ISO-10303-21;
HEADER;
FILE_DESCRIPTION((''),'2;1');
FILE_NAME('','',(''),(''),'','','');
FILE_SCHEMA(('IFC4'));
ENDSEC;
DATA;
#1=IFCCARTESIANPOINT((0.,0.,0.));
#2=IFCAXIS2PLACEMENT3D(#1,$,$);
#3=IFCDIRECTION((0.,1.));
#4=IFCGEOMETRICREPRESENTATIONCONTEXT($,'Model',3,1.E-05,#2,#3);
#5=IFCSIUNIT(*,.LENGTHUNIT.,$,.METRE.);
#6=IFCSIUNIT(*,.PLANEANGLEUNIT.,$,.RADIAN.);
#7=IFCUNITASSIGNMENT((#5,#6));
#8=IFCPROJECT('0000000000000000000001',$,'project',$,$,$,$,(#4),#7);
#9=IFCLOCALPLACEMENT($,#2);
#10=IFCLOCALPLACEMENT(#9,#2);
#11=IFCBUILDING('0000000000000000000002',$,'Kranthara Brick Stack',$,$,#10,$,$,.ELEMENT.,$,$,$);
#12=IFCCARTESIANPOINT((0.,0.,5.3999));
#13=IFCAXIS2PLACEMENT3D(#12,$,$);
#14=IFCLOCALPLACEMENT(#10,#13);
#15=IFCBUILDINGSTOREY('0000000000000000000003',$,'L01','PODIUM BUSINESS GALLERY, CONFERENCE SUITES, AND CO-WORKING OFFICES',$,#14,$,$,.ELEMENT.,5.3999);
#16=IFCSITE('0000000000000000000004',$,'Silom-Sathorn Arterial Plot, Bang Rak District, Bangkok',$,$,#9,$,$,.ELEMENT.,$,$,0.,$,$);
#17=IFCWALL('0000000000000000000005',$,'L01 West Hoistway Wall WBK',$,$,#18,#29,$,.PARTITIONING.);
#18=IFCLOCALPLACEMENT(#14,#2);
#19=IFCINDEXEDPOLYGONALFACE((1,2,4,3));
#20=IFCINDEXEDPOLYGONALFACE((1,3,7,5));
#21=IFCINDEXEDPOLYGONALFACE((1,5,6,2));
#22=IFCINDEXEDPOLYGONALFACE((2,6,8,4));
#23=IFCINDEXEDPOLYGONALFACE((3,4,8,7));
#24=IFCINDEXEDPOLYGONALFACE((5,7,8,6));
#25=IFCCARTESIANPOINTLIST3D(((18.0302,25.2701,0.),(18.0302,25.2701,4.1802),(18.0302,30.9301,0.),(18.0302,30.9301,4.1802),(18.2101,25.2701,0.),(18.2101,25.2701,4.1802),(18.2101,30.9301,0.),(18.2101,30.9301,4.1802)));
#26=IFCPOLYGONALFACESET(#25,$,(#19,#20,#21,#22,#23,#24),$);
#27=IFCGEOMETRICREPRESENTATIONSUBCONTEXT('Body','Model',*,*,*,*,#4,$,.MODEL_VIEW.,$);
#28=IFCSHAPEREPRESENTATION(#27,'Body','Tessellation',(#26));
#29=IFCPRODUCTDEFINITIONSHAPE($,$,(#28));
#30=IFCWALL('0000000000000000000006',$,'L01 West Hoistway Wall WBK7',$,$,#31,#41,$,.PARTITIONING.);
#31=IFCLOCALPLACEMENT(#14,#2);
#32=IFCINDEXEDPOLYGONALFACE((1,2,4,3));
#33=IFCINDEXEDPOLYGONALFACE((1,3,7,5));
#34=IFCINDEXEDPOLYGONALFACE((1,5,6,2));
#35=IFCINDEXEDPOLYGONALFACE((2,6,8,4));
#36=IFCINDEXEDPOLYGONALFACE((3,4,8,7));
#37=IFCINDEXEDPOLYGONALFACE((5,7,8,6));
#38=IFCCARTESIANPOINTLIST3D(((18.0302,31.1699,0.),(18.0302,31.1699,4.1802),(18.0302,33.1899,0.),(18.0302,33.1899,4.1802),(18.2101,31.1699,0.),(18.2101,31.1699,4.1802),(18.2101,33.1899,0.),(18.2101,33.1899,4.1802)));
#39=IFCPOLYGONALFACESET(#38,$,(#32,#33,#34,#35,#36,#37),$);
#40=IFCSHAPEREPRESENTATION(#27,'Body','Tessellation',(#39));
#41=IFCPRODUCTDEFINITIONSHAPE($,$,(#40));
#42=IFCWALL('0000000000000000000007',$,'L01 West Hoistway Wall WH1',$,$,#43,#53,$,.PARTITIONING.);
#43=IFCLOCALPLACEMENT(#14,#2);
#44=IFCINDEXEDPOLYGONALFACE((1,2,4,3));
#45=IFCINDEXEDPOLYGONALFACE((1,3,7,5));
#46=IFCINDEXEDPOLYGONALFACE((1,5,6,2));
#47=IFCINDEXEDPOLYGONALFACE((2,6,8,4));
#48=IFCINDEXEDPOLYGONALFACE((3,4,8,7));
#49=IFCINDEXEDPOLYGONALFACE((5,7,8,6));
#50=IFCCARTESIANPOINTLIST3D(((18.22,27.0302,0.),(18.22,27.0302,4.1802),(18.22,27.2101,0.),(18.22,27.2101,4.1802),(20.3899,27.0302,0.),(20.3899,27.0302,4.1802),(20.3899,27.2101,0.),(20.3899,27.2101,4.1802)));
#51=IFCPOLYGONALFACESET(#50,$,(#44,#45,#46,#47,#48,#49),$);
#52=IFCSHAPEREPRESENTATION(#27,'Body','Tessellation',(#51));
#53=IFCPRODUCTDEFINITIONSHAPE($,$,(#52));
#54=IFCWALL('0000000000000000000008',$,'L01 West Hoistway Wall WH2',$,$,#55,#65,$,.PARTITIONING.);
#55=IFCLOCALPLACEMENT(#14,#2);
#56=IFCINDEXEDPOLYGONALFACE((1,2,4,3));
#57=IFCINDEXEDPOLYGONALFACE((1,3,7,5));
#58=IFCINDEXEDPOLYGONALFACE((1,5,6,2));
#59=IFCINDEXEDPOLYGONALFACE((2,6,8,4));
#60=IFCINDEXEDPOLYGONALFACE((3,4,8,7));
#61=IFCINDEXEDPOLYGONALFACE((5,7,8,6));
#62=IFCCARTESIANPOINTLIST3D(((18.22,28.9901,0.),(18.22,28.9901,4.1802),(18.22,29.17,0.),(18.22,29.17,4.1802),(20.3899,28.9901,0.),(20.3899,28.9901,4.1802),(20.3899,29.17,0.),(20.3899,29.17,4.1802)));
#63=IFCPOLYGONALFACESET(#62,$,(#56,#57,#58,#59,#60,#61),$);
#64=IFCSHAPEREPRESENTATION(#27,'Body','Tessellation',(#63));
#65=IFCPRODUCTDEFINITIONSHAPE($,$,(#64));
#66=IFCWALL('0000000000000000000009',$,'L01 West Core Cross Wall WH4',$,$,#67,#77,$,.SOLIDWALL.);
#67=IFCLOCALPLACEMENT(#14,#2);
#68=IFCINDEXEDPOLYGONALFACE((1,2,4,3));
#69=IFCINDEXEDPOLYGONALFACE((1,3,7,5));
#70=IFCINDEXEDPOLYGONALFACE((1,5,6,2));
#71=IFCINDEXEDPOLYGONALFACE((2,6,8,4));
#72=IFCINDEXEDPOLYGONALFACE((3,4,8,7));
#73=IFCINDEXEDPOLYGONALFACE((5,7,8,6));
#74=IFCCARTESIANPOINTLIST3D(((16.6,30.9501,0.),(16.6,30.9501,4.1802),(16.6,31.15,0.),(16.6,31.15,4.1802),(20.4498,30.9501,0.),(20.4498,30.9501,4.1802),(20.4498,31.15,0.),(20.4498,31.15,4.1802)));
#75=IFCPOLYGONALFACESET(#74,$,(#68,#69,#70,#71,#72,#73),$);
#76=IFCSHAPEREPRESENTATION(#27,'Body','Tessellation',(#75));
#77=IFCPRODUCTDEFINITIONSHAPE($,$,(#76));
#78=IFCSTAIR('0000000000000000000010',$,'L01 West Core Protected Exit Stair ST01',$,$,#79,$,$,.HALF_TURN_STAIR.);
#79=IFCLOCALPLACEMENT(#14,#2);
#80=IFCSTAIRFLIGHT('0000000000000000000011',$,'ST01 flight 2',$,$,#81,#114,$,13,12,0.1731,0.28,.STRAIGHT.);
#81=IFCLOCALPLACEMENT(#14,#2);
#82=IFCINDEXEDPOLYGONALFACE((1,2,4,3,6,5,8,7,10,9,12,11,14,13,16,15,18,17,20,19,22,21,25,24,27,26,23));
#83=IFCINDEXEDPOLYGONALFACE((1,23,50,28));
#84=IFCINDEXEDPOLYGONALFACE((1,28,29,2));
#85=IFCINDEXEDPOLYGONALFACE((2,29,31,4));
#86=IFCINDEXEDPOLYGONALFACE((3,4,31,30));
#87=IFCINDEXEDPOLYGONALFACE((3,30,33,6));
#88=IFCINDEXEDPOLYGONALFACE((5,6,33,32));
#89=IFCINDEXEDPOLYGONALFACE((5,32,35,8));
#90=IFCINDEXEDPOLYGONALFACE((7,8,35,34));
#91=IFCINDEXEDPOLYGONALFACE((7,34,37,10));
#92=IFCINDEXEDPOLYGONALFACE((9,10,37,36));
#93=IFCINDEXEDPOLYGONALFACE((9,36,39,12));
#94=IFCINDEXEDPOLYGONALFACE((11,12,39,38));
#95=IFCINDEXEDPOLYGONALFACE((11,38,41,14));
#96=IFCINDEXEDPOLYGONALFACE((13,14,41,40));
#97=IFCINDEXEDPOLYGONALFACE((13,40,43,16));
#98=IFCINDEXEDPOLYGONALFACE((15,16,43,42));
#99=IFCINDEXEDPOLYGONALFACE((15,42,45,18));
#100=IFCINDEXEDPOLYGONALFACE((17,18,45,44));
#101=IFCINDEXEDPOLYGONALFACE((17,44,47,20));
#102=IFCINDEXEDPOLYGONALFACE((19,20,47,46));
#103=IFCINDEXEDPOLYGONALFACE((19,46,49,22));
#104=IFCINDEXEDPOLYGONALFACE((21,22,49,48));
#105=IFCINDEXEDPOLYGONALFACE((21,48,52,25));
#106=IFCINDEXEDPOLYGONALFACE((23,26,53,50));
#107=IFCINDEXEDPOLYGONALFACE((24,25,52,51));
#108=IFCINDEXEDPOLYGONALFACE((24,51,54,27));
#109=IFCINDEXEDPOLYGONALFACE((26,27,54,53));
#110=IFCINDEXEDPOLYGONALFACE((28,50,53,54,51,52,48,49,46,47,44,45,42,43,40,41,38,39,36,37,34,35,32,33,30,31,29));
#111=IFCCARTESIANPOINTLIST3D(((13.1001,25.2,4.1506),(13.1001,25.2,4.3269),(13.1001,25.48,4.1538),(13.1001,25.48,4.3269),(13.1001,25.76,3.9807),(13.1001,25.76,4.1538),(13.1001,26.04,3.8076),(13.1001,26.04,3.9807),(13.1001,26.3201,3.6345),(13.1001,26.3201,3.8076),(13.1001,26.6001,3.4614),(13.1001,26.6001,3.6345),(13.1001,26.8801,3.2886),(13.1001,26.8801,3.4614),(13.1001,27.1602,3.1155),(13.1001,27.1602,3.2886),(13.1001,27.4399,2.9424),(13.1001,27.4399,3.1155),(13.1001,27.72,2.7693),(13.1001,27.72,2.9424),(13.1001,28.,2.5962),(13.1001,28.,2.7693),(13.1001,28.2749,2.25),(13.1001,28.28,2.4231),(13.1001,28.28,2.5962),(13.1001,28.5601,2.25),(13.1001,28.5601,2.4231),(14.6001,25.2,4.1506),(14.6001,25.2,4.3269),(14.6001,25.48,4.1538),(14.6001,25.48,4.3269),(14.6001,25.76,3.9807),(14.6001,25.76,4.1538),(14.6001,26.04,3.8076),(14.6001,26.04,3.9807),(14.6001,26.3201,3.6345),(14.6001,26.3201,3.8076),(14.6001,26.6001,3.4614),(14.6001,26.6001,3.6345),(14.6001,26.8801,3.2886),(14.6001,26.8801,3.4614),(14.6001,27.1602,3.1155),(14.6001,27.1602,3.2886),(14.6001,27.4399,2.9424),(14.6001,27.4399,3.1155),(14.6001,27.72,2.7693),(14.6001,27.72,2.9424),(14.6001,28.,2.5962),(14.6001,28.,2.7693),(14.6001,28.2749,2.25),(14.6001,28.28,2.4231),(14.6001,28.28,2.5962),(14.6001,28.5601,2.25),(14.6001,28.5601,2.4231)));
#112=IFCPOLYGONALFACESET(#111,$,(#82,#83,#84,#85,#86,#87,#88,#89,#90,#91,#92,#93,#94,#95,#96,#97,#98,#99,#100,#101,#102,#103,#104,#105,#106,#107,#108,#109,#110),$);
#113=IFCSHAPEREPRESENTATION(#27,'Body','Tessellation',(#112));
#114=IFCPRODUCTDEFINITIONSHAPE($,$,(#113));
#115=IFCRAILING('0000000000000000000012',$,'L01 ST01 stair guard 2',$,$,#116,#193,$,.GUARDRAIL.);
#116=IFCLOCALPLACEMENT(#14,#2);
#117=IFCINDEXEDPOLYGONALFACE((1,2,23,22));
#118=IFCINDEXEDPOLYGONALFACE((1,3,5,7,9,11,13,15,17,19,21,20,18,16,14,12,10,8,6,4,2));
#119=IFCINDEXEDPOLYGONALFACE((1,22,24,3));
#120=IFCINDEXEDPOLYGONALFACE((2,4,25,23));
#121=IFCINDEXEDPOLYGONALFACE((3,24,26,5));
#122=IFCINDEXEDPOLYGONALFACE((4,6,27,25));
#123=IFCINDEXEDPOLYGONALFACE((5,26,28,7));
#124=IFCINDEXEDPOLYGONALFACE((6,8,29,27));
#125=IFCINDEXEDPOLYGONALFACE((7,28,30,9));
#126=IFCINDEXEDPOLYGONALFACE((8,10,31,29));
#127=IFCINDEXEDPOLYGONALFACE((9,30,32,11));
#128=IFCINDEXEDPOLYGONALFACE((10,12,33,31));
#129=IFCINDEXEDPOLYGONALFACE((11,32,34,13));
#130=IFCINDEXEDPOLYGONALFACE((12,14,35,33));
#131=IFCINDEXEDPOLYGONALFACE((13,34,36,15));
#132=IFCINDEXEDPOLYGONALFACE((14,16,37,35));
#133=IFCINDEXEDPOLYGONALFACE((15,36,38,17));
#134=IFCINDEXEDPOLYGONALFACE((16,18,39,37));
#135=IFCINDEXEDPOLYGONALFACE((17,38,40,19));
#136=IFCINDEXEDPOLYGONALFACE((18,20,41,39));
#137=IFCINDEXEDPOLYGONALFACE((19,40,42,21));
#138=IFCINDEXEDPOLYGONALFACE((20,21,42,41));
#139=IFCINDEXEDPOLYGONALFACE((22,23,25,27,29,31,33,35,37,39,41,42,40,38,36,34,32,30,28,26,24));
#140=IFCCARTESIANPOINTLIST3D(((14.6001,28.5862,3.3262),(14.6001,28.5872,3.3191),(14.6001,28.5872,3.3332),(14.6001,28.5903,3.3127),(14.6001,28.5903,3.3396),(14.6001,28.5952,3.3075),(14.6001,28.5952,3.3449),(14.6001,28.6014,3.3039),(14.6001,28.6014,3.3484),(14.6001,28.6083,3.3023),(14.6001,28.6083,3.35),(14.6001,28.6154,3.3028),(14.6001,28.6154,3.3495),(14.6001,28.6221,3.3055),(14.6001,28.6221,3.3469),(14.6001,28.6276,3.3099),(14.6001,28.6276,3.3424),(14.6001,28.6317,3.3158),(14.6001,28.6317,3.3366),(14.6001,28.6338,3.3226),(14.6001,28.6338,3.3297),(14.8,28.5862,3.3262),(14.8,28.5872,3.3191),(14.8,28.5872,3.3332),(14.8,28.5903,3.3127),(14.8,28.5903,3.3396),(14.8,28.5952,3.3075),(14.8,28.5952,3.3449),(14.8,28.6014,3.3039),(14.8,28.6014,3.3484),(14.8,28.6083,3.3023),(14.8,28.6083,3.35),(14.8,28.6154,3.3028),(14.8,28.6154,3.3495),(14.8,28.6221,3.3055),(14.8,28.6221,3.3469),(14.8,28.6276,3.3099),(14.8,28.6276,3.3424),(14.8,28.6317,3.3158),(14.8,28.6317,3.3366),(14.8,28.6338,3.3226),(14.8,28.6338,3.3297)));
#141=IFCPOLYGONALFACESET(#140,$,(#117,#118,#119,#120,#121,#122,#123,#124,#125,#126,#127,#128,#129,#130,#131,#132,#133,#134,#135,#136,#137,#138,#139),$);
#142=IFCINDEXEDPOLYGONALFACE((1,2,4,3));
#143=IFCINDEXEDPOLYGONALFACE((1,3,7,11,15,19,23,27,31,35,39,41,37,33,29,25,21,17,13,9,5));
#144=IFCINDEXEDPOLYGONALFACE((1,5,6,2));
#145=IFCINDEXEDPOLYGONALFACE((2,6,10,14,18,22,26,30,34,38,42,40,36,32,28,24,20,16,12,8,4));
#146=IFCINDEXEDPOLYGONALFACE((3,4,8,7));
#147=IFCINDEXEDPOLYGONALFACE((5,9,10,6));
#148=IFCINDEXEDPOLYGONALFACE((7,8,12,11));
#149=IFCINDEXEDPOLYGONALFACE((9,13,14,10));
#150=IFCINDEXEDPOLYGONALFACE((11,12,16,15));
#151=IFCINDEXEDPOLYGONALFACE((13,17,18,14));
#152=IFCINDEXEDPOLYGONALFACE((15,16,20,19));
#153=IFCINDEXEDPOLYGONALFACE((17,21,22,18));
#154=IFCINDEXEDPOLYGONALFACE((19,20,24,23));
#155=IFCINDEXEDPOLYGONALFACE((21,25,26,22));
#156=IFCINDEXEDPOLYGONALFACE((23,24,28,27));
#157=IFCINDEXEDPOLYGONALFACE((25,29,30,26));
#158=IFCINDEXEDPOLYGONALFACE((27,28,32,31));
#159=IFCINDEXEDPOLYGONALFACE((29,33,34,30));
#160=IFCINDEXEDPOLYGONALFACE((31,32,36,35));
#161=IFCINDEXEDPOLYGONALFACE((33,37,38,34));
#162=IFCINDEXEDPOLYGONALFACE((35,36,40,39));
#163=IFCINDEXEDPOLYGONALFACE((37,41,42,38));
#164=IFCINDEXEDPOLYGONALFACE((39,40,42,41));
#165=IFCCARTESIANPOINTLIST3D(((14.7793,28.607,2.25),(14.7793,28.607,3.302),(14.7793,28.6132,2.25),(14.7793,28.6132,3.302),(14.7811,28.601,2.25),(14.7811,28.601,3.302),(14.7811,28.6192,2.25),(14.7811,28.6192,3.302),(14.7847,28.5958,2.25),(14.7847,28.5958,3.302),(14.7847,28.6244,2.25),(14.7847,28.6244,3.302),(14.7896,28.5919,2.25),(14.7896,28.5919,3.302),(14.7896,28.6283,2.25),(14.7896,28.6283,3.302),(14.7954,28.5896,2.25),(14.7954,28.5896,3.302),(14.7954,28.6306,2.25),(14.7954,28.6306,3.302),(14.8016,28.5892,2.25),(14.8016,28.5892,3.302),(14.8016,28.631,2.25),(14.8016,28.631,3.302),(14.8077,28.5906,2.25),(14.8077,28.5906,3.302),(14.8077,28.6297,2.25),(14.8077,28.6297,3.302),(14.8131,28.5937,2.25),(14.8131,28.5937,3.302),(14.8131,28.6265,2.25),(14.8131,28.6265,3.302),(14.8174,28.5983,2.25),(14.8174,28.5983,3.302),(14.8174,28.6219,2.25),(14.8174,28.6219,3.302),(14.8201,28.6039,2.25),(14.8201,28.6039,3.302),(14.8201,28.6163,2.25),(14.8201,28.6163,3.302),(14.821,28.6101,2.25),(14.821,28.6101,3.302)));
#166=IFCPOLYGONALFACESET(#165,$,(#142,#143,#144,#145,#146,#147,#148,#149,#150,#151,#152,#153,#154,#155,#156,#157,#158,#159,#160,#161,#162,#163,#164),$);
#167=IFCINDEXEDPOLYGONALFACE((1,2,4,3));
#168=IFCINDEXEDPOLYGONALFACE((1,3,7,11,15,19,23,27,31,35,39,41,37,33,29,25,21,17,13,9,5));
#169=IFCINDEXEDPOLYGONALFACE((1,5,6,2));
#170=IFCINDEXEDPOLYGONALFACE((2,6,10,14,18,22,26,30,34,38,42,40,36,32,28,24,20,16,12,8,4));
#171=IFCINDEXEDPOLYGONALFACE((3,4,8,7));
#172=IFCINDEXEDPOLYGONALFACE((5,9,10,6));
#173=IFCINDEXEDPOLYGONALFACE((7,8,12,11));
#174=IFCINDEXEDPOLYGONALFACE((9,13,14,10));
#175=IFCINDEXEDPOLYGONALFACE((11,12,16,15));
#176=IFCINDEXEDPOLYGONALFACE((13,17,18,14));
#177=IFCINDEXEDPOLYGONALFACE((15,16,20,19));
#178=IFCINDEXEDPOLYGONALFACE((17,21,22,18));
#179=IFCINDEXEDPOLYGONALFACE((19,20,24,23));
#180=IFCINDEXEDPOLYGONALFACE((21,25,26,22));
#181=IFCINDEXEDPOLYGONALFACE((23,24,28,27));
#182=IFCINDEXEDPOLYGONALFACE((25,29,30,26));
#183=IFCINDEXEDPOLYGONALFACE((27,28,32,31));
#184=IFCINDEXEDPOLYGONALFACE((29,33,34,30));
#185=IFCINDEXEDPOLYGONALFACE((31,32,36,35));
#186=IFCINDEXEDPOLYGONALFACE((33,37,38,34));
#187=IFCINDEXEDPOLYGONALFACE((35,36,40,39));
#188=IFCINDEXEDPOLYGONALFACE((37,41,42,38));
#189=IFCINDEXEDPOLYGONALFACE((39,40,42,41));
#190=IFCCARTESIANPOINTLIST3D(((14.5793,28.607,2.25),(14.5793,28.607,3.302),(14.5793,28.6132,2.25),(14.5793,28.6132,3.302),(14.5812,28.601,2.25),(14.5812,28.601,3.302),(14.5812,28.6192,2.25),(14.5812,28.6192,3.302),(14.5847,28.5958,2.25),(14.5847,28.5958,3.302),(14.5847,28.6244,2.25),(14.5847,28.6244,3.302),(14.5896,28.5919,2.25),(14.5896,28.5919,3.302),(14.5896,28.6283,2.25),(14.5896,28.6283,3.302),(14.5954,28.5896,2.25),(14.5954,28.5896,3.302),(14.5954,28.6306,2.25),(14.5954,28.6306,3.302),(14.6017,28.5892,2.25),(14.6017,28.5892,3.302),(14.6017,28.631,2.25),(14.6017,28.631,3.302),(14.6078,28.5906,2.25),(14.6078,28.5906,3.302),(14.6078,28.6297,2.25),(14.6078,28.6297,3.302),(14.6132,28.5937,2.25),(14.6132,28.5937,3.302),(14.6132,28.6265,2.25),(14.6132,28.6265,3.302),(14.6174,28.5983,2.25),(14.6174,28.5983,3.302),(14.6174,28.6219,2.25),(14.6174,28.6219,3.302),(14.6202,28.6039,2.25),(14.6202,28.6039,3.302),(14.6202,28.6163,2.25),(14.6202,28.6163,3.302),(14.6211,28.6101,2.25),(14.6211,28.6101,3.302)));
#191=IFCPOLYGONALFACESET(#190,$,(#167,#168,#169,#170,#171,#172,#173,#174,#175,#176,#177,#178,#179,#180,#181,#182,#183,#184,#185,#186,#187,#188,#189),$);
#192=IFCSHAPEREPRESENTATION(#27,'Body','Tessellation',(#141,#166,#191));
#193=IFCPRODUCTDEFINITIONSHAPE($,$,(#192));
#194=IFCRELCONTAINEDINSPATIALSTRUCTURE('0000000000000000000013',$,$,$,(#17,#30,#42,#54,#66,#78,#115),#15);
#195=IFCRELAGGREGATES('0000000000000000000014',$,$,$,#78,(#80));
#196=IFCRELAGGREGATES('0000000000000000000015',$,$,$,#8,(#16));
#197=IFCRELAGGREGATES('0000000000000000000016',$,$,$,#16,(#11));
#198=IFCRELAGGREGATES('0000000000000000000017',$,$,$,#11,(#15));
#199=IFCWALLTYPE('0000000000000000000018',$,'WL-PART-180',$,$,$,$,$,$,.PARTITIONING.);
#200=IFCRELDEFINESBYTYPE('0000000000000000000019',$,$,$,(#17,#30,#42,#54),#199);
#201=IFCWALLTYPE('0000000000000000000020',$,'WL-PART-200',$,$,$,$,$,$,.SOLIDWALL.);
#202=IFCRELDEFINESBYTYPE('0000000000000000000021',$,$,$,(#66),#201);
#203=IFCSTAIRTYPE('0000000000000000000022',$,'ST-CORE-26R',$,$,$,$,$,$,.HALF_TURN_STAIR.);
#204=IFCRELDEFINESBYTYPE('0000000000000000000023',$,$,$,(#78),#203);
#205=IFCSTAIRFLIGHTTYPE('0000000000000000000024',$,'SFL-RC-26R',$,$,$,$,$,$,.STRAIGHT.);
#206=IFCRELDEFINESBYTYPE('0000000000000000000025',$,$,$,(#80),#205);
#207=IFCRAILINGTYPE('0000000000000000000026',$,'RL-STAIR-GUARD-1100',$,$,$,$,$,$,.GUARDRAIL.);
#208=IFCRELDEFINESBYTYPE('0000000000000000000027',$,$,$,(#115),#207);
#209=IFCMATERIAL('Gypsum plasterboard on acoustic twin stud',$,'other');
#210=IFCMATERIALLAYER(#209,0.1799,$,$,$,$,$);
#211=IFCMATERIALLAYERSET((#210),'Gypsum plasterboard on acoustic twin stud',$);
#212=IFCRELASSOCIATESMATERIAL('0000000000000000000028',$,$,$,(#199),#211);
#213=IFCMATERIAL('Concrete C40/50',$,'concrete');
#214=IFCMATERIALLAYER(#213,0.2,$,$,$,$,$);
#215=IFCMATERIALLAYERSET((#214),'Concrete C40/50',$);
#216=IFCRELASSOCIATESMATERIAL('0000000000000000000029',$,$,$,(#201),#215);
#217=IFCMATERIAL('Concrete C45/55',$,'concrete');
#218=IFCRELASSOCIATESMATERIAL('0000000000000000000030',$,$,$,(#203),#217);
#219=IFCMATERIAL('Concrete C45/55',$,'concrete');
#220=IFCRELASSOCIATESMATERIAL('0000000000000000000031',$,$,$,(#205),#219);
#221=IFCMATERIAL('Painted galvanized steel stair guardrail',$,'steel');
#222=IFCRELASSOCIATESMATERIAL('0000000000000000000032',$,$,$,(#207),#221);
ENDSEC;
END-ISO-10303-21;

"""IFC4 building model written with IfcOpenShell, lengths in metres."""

from ifc_helpers import new_model, si_unit, direction, frame, frame_2d, origin, origin_2d, place, context, subcontext, project, spatial, polyline, rectangle, circle, outline, extrude, material, layer, layer_set, type_object, element, aggregate, save


model = new_model("IFC4")

# Units and contexts
model_context = context("Model", 3, precision=1e-05, world=origin(), true_north=direction((0.0, 1.0)))
body_context = subcontext(model_context, "Body", "Model", "MODEL_VIEW")
ifc_project = project(units=[si_unit("LENGTHUNIT", "METRE"), si_unit("PLANEANGLEUNIT", "RADIAN")], contexts=[model_context])

# Site, building, storey
site_placement = place(None, origin())
site = spatial("IfcSite", under=ifc_project, at=site_placement, Name="Silom-Sathorn Arterial Plot, Bang Rak District, Bangkok", CompositionType="ELEMENT", RefElevation=0.0)
building_placement = place(site_placement, origin())
building = spatial("IfcBuilding", under=site, at=building_placement, Name="Kranthara Brick Stack", CompositionType="ELEMENT")
storey_placement = place(building_placement, frame((0.0, 0.0, 5.3999)))
storey = spatial("IfcBuildingStorey", under=building, at=storey_placement, Name="L01", Description="PODIUM BUSINESS GALLERY, CONFERENCE SUITES, AND CO-WORKING OFFICES", CompositionType="ELEMENT", Elevation=5.3999)

# Walls
ifc_material_1 = material(Name="Gypsum plasterboard on acoustic twin stud", Category="other")
ifc_layer_1 = layer(ifc_material_1, 0.1799)
ifc_layer_set_1 = layer_set([ifc_layer_1], Name="Gypsum plasterboard on acoustic twin stud")
wall_type_1 = type_object("IfcWallType", Name="WL-PART-180", PredefinedType="PARTITIONING", material=ifc_layer_set_1)
wall_1_placement = place(storey_placement, frame((18.1201, 25.27, 0.0), z_axis=(0.0, 0.0, 1.0), x_axis=(0.0, 1.0, 0.0)))
element("IfcWall", 1, at=wall_1_placement, inside=storey, type_object=wall_type_1, Name="L01 West Hoistway Wall WBK", PredefinedType="PARTITIONING", context=body_context, shape_type="SweptSolid", body=[
    extrude(rectangle(XDim=5.6599, YDim=0.1799, at=frame_2d((2.8301, 0.0))), origin(), (0.0, 0.0, 1.0), 4.1802),
])
wall_2_placement = place(storey_placement, frame((18.1201, 31.1699, 0.0), z_axis=(0.0, 0.0, 1.0), x_axis=(0.0, 1.0, 0.0)))
element("IfcWall", 2, at=wall_2_placement, inside=storey, type_object=wall_type_1, Name="L01 West Hoistway Wall WBK7", PredefinedType="PARTITIONING", context=body_context, shape_type="SweptSolid", body=[
    extrude(rectangle(XDim=2.02, YDim=0.1799, at=frame_2d((1.01, 0.0))), origin(), (0.0, 0.0, 1.0), 4.1802),
])
for number, where, z_axis, x_axis, name in (
    (3, (18.22, 27.1201, 0.0), (0.0, 0.0, 1.0), (1.0, 0.0, 0.0), "L01 West Hoistway Wall WH1"),
    (4, (18.22, 29.0801, 0.0), (0.0, 0.0, 1.0), (1.0, 0.0, 0.0), "L01 West Hoistway Wall WH2"),
):
    element("IfcWall", number, at=place(storey_placement, frame(where, z_axis=z_axis, x_axis=x_axis)), inside=storey, type_object=wall_type_1, Name=name, PredefinedType="PARTITIONING", context=body_context, shape_type="SweptSolid", body=[
        extrude(rectangle(XDim=2.1699, YDim=0.1799, at=frame_2d((1.085, 0.0))), origin(), (0.0, 0.0, 1.0), 4.1802),
    ])
ifc_material_2 = material(Name="Concrete C40/50", Category="concrete")
ifc_layer_2 = layer(ifc_material_2, 0.2)
ifc_layer_set_2 = layer_set([ifc_layer_2], Name="Concrete C40/50")
wall_type_2 = type_object("IfcWallType", Name="WL-PART-200", PredefinedType="SOLIDWALL", material=ifc_layer_set_2)
wall_3_placement = place(storey_placement, frame((16.6001, 31.05, 0.0), z_axis=(0.0, 0.0, 1.0), x_axis=(1.0, 0.0, 0.0)))
element("IfcWall", 5, at=wall_3_placement, inside=storey, type_object=wall_type_2, Name="L01 West Core Cross Wall WH4", PredefinedType="SOLIDWALL", context=body_context, shape_type="SweptSolid", body=[
    extrude(rectangle(XDim=3.8499, YDim=0.2, at=frame_2d((1.9248, 0.0))), origin(), (0.0, 0.0, 1.0), 4.1802),
])

# Stair, stair flight
ifc_material_3 = material(Name="Concrete C45/55", Category="concrete")
stair_type = type_object("IfcStairType", Name="ST-CORE-26R", PredefinedType="HALF_TURN_STAIR", material=ifc_material_3)
stair_placement = place(storey_placement, origin())
stair = element("IfcStair", 6, at=stair_placement, inside=storey, type_object=stair_type, Name="L01 West Core Protected Exit Stair ST01", PredefinedType="HALF_TURN_STAIR")
ifc_material_4 = material(Name="Concrete C45/55", Category="concrete")
stair_flight_type = type_object("IfcStairFlightType", Name="SFL-RC-26R", PredefinedType="STRAIGHT", material=ifc_material_4)
stair_flight_placement = place(storey_placement, frame((13.8501, 28.5601, 2.25), z_axis=(0.0, 0.0, 1.0), x_axis=(0.0, -1.0, 0.0)))
stair_flight = element("IfcStairFlight", 7, at=stair_flight_placement, type_object=stair_flight_type, Name="ST01 flight 2", NumberOfRisers=13, NumberOfTreads=12, PredefinedType="STRAIGHT", RiserHeight=0.1731, TreadLength=0.28, context=body_context, shape_type="SweptSolid", body=[
    extrude(outline(polyline([(0.0, 0.0), (0.0, 0.1731), (0.28, 0.1731), (0.28, 0.3462), (0.5601, 0.3462), (0.5601, 0.5193), (0.8401, 0.5193), (0.8401, 0.6924), (1.1201, 0.6924), (1.1201, 0.8655), (1.3999, 0.8655), (1.3999, 1.0386), (1.6799, 1.0386), (1.6799, 1.2114), (1.96, 1.2114), (1.96, 1.3845), (2.24, 1.3845), (2.24, 1.5576), (2.52, 1.5576), (2.52, 1.7307), (2.8, 1.7307), (2.8, 1.9038), (3.0801, 1.9038), (3.0801, 2.0769), (3.3601, 2.0769), (3.3601, 2.25), (3.3601, 1.9006), (0.2852, 0.0), (0.0, 0.0)])), frame((0.0, 0.75, 0.0), z_axis=(0.0, -1.0, 0.0), x_axis=(1.0, 0.0, 0.0)), (0.0, 0.0, 1.0), 1.5),
])
aggregate(stair, [stair_flight])

# Railing
ifc_material_5 = material(Name="Painted galvanized steel stair guardrail", Category="steel")
railing_type_1 = type_object("IfcRailingType", Name="RL-STAIR-GUARD-1100", PredefinedType="GUARDRAIL", material=ifc_material_5)
railing_1_placement = place(storey_placement, frame((14.8, 28.6101, 2.25)))
element("IfcRailing", 8, at=railing_1_placement, inside=storey, type_object=railing_type_1, Name="L01 ST01 stair guard 2", PredefinedType="GUARDRAIL", context=body_context, shape_type="SweptSolid", body=[
    extrude(circle(Radius=0.0239, at=origin_2d()), frame((0.0, 0.0, 1.0762), z_axis=(-1.0, 0.0, 0.0), x_axis=(0.0, -1.0, 0.0)), (0.0, 0.0, 1.0), 0.2),
    extrude(circle(Radius=0.021, at=origin_2d()), origin(), (0.0, 0.0, 1.0), 1.052),
    extrude(circle(Radius=0.021, at=origin_2d()), frame((-0.2, 0.0, 0.0)), (0.0, 0.0, 1.0), 1.052),
])

save(model, "model.ifc")
